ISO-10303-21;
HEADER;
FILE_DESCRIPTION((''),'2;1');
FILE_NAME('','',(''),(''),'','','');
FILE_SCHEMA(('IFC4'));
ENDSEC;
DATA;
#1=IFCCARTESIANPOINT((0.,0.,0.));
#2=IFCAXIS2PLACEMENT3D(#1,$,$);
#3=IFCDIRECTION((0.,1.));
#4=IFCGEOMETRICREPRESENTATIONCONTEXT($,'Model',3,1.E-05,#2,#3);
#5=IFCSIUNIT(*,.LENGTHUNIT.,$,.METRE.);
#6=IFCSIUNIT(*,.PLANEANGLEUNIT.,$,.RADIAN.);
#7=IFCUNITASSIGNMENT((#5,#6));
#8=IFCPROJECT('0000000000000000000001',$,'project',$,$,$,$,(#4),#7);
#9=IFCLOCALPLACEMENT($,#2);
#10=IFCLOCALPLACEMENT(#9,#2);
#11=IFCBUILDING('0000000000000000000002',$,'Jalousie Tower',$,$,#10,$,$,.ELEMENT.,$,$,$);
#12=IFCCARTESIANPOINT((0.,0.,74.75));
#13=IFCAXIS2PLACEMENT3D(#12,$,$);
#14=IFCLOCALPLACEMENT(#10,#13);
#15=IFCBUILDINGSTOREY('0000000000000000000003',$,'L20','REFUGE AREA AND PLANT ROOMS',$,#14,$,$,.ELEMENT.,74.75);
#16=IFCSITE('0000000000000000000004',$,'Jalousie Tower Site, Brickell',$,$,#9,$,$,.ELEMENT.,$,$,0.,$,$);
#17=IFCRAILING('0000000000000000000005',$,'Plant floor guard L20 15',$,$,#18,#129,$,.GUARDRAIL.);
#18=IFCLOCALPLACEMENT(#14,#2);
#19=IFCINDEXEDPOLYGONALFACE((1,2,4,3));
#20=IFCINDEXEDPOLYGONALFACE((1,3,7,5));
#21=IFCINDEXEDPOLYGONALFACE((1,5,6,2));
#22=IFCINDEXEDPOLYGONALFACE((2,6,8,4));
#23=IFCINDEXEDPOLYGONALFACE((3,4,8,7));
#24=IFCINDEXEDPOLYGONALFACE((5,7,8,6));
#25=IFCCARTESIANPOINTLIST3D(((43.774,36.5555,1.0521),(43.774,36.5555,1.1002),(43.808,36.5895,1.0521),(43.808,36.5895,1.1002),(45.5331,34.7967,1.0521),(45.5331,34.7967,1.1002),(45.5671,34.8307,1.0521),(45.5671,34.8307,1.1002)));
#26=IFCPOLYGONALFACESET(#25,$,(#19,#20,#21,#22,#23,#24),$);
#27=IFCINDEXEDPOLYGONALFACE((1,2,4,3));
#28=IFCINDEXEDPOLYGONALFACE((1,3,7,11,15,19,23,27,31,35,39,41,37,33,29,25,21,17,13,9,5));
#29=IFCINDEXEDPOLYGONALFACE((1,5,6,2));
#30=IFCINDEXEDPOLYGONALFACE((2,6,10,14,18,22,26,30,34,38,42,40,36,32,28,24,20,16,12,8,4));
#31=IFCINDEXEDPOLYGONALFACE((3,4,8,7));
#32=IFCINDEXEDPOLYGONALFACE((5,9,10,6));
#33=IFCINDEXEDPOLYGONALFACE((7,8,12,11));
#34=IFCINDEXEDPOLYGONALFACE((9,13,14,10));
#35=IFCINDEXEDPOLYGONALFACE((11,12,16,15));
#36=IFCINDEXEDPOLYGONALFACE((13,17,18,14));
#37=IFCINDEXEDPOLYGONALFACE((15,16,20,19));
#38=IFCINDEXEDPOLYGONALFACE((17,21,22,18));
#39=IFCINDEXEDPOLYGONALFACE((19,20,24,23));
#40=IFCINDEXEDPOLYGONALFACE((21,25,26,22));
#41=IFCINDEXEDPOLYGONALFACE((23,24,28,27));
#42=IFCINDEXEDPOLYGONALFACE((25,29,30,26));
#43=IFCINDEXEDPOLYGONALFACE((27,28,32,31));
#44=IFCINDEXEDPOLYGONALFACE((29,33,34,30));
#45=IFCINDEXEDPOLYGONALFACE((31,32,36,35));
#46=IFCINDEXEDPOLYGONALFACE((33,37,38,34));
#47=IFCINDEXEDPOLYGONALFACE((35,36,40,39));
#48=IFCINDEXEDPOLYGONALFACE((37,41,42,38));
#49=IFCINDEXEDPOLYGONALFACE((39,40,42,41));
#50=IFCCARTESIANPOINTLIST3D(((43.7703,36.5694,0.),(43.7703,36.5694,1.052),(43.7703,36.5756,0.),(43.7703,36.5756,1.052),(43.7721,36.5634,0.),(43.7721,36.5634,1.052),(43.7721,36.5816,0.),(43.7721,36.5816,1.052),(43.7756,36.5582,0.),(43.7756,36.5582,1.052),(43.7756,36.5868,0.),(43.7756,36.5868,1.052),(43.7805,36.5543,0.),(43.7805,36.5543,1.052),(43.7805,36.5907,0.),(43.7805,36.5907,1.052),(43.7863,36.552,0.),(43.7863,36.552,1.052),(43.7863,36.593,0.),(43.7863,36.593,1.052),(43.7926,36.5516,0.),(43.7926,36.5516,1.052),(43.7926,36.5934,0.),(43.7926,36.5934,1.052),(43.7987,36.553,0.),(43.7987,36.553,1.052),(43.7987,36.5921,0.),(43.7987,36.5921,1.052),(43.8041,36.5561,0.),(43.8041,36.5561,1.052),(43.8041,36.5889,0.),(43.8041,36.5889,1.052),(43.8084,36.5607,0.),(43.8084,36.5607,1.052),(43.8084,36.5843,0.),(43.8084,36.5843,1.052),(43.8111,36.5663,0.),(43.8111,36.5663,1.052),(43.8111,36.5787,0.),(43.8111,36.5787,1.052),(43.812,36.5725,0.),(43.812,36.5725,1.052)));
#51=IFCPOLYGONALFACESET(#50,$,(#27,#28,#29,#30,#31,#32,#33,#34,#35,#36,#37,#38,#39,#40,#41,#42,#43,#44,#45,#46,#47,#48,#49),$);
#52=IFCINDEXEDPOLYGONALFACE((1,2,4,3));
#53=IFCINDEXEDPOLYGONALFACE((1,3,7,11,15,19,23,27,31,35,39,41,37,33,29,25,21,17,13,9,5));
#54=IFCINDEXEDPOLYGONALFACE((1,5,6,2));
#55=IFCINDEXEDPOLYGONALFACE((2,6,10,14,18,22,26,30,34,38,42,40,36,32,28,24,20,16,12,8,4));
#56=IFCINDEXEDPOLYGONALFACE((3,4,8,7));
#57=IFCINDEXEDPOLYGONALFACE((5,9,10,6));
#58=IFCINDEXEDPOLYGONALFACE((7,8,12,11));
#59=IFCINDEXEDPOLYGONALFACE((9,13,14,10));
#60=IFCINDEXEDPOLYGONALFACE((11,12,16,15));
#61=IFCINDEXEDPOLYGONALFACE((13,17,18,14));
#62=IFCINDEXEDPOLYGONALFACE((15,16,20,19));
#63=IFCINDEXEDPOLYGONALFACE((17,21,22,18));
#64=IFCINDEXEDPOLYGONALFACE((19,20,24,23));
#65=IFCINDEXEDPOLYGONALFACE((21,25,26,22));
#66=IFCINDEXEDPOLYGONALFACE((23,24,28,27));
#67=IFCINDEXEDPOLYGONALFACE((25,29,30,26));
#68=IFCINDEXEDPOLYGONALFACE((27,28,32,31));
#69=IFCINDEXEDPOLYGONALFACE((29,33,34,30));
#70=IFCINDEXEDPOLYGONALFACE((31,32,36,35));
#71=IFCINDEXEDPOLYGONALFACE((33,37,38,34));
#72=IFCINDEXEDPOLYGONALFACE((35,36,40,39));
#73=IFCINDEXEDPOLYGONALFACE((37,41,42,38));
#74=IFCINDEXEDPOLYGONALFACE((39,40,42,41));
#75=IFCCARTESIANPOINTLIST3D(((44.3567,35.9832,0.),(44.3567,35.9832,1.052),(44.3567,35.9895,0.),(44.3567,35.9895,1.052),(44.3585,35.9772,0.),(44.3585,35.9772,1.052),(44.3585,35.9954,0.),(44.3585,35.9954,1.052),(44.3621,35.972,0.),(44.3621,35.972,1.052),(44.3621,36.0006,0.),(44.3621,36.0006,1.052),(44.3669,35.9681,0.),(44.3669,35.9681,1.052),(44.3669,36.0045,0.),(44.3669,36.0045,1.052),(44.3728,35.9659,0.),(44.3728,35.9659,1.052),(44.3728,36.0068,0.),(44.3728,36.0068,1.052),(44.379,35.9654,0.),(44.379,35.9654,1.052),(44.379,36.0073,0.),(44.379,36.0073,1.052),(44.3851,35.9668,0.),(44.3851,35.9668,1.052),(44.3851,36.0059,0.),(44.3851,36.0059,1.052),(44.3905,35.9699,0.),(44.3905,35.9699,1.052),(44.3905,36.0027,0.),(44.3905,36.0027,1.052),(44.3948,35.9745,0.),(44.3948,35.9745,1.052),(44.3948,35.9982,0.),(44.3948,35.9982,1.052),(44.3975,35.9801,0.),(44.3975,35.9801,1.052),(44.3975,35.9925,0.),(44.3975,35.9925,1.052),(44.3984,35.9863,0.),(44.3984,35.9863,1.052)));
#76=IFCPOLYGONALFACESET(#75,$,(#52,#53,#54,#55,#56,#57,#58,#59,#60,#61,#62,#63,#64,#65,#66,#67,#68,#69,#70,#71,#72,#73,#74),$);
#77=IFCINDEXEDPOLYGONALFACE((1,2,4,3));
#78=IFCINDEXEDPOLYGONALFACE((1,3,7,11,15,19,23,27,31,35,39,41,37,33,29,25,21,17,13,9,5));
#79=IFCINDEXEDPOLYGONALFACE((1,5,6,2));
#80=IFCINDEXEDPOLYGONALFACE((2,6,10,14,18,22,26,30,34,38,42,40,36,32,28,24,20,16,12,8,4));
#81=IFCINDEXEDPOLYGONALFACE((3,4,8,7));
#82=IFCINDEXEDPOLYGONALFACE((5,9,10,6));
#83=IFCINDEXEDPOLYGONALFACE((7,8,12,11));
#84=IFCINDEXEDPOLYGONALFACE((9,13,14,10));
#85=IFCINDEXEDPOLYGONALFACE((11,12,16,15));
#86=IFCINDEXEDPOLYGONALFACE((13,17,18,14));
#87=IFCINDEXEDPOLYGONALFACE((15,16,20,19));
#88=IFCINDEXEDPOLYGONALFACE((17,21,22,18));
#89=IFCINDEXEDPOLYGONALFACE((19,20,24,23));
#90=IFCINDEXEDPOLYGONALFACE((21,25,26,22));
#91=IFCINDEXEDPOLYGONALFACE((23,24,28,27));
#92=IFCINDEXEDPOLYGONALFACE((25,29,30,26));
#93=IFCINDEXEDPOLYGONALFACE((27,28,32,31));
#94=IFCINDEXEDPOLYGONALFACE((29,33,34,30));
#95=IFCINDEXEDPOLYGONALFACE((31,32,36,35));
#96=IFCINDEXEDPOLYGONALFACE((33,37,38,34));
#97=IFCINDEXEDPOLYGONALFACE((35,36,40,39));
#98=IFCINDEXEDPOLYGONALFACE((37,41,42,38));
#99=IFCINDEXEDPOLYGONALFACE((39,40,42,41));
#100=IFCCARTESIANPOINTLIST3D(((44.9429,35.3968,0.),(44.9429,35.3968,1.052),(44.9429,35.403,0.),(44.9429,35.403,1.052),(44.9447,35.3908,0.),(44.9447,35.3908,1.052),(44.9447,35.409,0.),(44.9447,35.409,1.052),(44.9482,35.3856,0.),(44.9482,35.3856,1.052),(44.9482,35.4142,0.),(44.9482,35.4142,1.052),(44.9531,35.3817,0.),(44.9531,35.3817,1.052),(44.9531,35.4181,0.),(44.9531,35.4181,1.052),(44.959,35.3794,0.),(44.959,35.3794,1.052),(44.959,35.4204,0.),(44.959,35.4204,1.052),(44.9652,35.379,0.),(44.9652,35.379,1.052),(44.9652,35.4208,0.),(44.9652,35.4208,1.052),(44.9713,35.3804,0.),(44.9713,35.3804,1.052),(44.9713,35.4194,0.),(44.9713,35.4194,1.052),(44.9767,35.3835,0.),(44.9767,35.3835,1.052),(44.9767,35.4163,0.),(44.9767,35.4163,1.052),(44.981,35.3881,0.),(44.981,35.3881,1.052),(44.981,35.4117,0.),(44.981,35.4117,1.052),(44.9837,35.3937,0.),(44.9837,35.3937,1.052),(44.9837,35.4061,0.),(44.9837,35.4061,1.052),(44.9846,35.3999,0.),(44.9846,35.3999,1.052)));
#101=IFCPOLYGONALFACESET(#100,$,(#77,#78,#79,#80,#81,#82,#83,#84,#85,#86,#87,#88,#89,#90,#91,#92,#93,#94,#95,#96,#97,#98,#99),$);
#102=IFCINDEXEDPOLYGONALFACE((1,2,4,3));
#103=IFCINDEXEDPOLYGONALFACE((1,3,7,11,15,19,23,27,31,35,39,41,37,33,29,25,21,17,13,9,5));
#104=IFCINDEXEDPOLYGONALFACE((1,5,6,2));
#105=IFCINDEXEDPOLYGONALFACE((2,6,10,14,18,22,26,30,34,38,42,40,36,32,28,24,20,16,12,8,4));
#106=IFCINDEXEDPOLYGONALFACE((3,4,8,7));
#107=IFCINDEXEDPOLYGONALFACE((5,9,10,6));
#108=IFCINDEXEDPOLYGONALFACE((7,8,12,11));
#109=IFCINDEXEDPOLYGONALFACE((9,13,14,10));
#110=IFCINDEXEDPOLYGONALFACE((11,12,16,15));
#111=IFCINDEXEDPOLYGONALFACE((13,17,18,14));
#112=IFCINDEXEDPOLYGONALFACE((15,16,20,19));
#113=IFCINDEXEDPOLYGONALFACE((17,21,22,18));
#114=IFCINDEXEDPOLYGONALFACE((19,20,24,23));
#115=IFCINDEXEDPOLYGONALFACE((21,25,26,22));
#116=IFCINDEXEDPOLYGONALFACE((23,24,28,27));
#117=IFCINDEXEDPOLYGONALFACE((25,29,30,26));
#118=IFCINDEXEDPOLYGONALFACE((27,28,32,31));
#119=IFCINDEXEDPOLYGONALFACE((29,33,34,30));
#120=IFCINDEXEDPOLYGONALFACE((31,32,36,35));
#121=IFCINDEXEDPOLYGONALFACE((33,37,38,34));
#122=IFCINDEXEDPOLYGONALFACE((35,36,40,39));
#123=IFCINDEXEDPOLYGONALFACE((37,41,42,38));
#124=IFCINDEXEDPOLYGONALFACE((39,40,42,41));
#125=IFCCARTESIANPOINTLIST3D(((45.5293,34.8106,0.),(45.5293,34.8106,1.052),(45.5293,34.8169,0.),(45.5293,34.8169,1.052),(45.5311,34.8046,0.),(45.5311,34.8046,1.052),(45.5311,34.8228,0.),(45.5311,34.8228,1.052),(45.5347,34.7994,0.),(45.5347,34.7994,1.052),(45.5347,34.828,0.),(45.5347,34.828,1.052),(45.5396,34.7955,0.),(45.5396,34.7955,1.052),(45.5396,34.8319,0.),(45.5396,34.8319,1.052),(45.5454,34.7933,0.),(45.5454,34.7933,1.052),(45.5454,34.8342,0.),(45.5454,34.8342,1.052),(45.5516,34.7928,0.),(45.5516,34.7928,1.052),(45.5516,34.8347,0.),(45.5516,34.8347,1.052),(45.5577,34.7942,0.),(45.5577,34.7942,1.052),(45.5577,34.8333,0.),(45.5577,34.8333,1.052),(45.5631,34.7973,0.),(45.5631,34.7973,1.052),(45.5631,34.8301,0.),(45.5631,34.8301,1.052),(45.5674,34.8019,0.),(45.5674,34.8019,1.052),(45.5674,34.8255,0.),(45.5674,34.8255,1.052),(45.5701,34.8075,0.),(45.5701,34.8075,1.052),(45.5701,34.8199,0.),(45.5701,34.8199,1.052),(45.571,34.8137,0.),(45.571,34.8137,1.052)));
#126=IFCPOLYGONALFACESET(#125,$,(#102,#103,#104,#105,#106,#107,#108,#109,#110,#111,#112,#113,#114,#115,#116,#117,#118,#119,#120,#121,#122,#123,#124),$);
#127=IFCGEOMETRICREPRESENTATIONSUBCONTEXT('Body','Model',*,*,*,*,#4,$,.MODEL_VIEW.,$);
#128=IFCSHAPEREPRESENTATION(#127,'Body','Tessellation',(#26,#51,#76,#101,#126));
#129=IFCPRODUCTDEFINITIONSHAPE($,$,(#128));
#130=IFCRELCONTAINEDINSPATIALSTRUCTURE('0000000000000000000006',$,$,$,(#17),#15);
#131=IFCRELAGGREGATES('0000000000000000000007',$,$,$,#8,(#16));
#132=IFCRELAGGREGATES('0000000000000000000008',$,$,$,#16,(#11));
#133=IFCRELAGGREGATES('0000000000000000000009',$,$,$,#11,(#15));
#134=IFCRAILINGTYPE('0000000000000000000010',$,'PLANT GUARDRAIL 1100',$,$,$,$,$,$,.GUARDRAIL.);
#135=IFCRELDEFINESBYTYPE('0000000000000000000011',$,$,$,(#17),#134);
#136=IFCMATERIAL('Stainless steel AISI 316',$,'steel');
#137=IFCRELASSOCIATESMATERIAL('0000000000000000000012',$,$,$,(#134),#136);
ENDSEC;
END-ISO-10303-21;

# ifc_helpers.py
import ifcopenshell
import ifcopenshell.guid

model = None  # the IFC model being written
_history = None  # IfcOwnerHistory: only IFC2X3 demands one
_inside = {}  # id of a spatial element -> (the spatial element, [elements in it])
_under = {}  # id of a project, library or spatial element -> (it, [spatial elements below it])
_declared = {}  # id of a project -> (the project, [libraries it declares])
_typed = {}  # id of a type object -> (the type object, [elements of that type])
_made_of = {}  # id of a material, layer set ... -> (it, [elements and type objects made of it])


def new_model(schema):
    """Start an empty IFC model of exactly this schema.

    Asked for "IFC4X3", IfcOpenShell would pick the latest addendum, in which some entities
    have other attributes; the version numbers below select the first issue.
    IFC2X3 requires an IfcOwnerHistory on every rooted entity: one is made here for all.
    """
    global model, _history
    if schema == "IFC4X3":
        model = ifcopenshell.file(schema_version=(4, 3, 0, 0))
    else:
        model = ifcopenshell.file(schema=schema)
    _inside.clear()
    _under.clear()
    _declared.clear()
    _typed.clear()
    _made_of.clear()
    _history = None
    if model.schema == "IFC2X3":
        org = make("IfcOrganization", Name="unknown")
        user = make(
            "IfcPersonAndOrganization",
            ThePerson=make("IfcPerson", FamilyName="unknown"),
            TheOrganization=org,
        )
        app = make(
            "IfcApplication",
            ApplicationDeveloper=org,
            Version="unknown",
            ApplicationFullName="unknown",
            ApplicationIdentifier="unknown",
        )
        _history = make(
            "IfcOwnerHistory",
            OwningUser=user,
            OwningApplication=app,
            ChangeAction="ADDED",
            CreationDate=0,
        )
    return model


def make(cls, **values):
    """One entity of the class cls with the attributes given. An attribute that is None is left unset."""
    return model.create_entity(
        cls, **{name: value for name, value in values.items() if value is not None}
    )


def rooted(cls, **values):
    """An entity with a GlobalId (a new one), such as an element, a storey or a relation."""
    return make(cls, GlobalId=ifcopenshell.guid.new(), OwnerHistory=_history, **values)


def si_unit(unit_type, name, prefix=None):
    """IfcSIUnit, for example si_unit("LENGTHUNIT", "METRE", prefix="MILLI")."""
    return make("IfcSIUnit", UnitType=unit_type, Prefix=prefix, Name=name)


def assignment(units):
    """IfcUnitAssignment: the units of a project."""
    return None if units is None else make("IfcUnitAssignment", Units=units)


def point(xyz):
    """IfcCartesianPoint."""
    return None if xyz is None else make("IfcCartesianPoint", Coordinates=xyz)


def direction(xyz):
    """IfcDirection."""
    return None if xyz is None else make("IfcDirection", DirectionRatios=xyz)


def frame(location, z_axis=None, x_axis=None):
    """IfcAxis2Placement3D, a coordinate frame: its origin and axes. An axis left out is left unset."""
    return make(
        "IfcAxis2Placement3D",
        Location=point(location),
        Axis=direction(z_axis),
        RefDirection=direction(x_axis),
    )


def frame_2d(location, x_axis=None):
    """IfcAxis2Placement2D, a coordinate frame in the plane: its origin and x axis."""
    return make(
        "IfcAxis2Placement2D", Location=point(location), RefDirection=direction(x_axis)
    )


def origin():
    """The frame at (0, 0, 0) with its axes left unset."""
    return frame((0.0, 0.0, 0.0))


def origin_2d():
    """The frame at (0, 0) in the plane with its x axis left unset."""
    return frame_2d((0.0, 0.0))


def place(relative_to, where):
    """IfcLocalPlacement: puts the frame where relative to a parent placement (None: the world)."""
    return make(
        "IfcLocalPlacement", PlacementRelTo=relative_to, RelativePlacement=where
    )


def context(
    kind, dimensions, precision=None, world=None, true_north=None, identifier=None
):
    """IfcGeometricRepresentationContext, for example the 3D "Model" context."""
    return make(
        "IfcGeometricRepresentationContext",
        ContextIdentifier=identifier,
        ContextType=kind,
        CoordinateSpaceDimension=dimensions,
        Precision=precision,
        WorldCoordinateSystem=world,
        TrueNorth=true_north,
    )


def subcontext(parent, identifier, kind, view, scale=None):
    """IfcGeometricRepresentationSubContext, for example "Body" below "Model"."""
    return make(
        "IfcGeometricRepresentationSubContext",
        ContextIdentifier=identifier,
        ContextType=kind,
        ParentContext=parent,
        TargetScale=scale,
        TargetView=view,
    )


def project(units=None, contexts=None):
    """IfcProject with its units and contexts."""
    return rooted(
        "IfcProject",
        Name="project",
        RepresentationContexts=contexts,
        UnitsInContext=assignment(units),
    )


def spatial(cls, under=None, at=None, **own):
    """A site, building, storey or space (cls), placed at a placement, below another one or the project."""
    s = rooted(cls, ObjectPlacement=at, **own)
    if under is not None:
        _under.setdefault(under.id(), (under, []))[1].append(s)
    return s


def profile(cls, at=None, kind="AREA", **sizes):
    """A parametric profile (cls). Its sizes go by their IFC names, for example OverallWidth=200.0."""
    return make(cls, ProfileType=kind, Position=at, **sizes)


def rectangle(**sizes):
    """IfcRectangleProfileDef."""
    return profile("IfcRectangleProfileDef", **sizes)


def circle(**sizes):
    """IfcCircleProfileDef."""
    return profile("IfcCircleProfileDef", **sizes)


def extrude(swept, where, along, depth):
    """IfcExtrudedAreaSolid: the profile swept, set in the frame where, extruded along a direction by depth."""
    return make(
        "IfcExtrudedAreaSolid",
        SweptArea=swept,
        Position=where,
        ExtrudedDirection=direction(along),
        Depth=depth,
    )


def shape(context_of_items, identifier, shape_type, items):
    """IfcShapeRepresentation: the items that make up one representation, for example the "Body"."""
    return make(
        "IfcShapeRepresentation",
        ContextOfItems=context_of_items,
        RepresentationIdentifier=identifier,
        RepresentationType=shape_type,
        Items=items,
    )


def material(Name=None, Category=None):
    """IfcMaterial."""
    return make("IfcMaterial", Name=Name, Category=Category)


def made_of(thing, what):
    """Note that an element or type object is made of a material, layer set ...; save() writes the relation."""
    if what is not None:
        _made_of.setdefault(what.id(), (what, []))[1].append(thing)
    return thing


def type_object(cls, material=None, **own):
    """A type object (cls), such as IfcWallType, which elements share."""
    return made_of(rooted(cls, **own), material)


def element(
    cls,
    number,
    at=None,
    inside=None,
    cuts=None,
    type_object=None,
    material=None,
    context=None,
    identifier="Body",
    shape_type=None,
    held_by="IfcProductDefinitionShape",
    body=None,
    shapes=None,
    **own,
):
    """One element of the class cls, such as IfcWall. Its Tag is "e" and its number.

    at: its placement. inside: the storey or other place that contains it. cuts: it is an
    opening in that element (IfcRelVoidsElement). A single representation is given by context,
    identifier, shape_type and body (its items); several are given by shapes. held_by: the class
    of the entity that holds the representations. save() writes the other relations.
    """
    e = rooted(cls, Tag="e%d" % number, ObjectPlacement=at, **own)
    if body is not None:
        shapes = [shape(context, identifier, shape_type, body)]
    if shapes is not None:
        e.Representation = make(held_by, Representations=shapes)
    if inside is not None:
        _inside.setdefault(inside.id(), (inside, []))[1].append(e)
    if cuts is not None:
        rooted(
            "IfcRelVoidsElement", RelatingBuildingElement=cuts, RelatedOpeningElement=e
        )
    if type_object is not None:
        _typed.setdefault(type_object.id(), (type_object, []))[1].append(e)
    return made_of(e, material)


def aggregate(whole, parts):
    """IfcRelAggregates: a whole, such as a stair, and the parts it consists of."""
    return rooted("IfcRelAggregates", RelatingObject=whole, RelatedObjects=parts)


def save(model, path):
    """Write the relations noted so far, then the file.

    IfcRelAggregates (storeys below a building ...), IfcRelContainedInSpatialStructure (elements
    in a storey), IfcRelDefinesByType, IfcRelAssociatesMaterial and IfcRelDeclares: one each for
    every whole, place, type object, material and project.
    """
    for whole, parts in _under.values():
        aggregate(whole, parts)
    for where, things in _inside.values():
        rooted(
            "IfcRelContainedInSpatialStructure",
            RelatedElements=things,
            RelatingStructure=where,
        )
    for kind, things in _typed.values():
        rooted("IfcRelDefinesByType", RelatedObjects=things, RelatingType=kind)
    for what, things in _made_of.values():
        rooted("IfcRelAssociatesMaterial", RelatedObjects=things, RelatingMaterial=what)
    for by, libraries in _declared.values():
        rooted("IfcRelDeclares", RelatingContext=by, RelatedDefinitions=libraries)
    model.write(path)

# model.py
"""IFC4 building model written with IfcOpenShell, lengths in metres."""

from ifc_helpers import new_model, si_unit, direction, frame, origin, origin_2d, place, context, subcontext, project, spatial, rectangle, circle, extrude, material, type_object, element, save


model = new_model("IFC4")

# Units and contexts
model_context = context("Model", 3, precision=1e-05, world=origin(), true_north=direction((0.0, 1.0)))
body_context = subcontext(model_context, "Body", "Model", "MODEL_VIEW")
ifc_project = project(units=[si_unit("LENGTHUNIT", "METRE"), si_unit("PLANEANGLEUNIT", "RADIAN")], contexts=[model_context])

# Site, building, storey
site_placement = place(None, origin())
site = spatial("IfcSite", under=ifc_project, at=site_placement, Name="Jalousie Tower Site, Brickell", CompositionType="ELEMENT", RefElevation=0.0)
building_placement = place(site_placement, origin())
building = spatial("IfcBuilding", under=site, at=building_placement, Name="Jalousie Tower", CompositionType="ELEMENT")
storey_placement = place(building_placement, frame((0.0, 0.0, 74.75)))
storey = spatial("IfcBuildingStorey", under=building, at=storey_placement, Name="L20", Description="REFUGE AREA AND PLANT ROOMS", CompositionType="ELEMENT", Elevation=74.75)

# Railing
ifc_material_1 = material(Name="Stainless steel AISI 316", Category="steel")
railing_type_1 = type_object("IfcRailingType", Name="PLANT GUARDRAIL 1100", PredefinedType="GUARDRAIL", material=ifc_material_1)
railing_1_placement = place(storey_placement, frame((43.791, 36.5725, 0.0)))
element("IfcRailing", 1, at=railing_1_placement, inside=storey, type_object=railing_type_1, Name="Plant floor guard L20 15", PredefinedType="GUARDRAIL", context=body_context, shape_type="SweptSolid", body=[
    extrude(rectangle(XDim=0.0481, YDim=0.0481, at=origin_2d()), frame((0.0, 0.0, 1.0762), z_axis=(0.707156, -0.707058, 0.0), x_axis=(0.707058, 0.707156, 0.0)), (0.0, 0.0, 1.0), 2.4875),
    extrude(circle(Radius=0.021, at=origin_2d()), origin(), (0.0, 0.0, 1.0), 1.052),
    extrude(circle(Radius=0.021, at=origin_2d()), frame((0.5864, -0.5862, 0.0)), (0.0, 0.0, 1.0), 1.052),
    extrude(circle(Radius=0.021, at=origin_2d()), frame((1.1726, -1.1726, 0.0)), (0.0, 0.0, 1.0), 1.052),
    extrude(circle(Radius=0.021, at=origin_2d()), frame((1.759, -1.7588, 0.0)), (0.0, 0.0, 1.0), 1.052),
])

save(model, "model.ifc")
